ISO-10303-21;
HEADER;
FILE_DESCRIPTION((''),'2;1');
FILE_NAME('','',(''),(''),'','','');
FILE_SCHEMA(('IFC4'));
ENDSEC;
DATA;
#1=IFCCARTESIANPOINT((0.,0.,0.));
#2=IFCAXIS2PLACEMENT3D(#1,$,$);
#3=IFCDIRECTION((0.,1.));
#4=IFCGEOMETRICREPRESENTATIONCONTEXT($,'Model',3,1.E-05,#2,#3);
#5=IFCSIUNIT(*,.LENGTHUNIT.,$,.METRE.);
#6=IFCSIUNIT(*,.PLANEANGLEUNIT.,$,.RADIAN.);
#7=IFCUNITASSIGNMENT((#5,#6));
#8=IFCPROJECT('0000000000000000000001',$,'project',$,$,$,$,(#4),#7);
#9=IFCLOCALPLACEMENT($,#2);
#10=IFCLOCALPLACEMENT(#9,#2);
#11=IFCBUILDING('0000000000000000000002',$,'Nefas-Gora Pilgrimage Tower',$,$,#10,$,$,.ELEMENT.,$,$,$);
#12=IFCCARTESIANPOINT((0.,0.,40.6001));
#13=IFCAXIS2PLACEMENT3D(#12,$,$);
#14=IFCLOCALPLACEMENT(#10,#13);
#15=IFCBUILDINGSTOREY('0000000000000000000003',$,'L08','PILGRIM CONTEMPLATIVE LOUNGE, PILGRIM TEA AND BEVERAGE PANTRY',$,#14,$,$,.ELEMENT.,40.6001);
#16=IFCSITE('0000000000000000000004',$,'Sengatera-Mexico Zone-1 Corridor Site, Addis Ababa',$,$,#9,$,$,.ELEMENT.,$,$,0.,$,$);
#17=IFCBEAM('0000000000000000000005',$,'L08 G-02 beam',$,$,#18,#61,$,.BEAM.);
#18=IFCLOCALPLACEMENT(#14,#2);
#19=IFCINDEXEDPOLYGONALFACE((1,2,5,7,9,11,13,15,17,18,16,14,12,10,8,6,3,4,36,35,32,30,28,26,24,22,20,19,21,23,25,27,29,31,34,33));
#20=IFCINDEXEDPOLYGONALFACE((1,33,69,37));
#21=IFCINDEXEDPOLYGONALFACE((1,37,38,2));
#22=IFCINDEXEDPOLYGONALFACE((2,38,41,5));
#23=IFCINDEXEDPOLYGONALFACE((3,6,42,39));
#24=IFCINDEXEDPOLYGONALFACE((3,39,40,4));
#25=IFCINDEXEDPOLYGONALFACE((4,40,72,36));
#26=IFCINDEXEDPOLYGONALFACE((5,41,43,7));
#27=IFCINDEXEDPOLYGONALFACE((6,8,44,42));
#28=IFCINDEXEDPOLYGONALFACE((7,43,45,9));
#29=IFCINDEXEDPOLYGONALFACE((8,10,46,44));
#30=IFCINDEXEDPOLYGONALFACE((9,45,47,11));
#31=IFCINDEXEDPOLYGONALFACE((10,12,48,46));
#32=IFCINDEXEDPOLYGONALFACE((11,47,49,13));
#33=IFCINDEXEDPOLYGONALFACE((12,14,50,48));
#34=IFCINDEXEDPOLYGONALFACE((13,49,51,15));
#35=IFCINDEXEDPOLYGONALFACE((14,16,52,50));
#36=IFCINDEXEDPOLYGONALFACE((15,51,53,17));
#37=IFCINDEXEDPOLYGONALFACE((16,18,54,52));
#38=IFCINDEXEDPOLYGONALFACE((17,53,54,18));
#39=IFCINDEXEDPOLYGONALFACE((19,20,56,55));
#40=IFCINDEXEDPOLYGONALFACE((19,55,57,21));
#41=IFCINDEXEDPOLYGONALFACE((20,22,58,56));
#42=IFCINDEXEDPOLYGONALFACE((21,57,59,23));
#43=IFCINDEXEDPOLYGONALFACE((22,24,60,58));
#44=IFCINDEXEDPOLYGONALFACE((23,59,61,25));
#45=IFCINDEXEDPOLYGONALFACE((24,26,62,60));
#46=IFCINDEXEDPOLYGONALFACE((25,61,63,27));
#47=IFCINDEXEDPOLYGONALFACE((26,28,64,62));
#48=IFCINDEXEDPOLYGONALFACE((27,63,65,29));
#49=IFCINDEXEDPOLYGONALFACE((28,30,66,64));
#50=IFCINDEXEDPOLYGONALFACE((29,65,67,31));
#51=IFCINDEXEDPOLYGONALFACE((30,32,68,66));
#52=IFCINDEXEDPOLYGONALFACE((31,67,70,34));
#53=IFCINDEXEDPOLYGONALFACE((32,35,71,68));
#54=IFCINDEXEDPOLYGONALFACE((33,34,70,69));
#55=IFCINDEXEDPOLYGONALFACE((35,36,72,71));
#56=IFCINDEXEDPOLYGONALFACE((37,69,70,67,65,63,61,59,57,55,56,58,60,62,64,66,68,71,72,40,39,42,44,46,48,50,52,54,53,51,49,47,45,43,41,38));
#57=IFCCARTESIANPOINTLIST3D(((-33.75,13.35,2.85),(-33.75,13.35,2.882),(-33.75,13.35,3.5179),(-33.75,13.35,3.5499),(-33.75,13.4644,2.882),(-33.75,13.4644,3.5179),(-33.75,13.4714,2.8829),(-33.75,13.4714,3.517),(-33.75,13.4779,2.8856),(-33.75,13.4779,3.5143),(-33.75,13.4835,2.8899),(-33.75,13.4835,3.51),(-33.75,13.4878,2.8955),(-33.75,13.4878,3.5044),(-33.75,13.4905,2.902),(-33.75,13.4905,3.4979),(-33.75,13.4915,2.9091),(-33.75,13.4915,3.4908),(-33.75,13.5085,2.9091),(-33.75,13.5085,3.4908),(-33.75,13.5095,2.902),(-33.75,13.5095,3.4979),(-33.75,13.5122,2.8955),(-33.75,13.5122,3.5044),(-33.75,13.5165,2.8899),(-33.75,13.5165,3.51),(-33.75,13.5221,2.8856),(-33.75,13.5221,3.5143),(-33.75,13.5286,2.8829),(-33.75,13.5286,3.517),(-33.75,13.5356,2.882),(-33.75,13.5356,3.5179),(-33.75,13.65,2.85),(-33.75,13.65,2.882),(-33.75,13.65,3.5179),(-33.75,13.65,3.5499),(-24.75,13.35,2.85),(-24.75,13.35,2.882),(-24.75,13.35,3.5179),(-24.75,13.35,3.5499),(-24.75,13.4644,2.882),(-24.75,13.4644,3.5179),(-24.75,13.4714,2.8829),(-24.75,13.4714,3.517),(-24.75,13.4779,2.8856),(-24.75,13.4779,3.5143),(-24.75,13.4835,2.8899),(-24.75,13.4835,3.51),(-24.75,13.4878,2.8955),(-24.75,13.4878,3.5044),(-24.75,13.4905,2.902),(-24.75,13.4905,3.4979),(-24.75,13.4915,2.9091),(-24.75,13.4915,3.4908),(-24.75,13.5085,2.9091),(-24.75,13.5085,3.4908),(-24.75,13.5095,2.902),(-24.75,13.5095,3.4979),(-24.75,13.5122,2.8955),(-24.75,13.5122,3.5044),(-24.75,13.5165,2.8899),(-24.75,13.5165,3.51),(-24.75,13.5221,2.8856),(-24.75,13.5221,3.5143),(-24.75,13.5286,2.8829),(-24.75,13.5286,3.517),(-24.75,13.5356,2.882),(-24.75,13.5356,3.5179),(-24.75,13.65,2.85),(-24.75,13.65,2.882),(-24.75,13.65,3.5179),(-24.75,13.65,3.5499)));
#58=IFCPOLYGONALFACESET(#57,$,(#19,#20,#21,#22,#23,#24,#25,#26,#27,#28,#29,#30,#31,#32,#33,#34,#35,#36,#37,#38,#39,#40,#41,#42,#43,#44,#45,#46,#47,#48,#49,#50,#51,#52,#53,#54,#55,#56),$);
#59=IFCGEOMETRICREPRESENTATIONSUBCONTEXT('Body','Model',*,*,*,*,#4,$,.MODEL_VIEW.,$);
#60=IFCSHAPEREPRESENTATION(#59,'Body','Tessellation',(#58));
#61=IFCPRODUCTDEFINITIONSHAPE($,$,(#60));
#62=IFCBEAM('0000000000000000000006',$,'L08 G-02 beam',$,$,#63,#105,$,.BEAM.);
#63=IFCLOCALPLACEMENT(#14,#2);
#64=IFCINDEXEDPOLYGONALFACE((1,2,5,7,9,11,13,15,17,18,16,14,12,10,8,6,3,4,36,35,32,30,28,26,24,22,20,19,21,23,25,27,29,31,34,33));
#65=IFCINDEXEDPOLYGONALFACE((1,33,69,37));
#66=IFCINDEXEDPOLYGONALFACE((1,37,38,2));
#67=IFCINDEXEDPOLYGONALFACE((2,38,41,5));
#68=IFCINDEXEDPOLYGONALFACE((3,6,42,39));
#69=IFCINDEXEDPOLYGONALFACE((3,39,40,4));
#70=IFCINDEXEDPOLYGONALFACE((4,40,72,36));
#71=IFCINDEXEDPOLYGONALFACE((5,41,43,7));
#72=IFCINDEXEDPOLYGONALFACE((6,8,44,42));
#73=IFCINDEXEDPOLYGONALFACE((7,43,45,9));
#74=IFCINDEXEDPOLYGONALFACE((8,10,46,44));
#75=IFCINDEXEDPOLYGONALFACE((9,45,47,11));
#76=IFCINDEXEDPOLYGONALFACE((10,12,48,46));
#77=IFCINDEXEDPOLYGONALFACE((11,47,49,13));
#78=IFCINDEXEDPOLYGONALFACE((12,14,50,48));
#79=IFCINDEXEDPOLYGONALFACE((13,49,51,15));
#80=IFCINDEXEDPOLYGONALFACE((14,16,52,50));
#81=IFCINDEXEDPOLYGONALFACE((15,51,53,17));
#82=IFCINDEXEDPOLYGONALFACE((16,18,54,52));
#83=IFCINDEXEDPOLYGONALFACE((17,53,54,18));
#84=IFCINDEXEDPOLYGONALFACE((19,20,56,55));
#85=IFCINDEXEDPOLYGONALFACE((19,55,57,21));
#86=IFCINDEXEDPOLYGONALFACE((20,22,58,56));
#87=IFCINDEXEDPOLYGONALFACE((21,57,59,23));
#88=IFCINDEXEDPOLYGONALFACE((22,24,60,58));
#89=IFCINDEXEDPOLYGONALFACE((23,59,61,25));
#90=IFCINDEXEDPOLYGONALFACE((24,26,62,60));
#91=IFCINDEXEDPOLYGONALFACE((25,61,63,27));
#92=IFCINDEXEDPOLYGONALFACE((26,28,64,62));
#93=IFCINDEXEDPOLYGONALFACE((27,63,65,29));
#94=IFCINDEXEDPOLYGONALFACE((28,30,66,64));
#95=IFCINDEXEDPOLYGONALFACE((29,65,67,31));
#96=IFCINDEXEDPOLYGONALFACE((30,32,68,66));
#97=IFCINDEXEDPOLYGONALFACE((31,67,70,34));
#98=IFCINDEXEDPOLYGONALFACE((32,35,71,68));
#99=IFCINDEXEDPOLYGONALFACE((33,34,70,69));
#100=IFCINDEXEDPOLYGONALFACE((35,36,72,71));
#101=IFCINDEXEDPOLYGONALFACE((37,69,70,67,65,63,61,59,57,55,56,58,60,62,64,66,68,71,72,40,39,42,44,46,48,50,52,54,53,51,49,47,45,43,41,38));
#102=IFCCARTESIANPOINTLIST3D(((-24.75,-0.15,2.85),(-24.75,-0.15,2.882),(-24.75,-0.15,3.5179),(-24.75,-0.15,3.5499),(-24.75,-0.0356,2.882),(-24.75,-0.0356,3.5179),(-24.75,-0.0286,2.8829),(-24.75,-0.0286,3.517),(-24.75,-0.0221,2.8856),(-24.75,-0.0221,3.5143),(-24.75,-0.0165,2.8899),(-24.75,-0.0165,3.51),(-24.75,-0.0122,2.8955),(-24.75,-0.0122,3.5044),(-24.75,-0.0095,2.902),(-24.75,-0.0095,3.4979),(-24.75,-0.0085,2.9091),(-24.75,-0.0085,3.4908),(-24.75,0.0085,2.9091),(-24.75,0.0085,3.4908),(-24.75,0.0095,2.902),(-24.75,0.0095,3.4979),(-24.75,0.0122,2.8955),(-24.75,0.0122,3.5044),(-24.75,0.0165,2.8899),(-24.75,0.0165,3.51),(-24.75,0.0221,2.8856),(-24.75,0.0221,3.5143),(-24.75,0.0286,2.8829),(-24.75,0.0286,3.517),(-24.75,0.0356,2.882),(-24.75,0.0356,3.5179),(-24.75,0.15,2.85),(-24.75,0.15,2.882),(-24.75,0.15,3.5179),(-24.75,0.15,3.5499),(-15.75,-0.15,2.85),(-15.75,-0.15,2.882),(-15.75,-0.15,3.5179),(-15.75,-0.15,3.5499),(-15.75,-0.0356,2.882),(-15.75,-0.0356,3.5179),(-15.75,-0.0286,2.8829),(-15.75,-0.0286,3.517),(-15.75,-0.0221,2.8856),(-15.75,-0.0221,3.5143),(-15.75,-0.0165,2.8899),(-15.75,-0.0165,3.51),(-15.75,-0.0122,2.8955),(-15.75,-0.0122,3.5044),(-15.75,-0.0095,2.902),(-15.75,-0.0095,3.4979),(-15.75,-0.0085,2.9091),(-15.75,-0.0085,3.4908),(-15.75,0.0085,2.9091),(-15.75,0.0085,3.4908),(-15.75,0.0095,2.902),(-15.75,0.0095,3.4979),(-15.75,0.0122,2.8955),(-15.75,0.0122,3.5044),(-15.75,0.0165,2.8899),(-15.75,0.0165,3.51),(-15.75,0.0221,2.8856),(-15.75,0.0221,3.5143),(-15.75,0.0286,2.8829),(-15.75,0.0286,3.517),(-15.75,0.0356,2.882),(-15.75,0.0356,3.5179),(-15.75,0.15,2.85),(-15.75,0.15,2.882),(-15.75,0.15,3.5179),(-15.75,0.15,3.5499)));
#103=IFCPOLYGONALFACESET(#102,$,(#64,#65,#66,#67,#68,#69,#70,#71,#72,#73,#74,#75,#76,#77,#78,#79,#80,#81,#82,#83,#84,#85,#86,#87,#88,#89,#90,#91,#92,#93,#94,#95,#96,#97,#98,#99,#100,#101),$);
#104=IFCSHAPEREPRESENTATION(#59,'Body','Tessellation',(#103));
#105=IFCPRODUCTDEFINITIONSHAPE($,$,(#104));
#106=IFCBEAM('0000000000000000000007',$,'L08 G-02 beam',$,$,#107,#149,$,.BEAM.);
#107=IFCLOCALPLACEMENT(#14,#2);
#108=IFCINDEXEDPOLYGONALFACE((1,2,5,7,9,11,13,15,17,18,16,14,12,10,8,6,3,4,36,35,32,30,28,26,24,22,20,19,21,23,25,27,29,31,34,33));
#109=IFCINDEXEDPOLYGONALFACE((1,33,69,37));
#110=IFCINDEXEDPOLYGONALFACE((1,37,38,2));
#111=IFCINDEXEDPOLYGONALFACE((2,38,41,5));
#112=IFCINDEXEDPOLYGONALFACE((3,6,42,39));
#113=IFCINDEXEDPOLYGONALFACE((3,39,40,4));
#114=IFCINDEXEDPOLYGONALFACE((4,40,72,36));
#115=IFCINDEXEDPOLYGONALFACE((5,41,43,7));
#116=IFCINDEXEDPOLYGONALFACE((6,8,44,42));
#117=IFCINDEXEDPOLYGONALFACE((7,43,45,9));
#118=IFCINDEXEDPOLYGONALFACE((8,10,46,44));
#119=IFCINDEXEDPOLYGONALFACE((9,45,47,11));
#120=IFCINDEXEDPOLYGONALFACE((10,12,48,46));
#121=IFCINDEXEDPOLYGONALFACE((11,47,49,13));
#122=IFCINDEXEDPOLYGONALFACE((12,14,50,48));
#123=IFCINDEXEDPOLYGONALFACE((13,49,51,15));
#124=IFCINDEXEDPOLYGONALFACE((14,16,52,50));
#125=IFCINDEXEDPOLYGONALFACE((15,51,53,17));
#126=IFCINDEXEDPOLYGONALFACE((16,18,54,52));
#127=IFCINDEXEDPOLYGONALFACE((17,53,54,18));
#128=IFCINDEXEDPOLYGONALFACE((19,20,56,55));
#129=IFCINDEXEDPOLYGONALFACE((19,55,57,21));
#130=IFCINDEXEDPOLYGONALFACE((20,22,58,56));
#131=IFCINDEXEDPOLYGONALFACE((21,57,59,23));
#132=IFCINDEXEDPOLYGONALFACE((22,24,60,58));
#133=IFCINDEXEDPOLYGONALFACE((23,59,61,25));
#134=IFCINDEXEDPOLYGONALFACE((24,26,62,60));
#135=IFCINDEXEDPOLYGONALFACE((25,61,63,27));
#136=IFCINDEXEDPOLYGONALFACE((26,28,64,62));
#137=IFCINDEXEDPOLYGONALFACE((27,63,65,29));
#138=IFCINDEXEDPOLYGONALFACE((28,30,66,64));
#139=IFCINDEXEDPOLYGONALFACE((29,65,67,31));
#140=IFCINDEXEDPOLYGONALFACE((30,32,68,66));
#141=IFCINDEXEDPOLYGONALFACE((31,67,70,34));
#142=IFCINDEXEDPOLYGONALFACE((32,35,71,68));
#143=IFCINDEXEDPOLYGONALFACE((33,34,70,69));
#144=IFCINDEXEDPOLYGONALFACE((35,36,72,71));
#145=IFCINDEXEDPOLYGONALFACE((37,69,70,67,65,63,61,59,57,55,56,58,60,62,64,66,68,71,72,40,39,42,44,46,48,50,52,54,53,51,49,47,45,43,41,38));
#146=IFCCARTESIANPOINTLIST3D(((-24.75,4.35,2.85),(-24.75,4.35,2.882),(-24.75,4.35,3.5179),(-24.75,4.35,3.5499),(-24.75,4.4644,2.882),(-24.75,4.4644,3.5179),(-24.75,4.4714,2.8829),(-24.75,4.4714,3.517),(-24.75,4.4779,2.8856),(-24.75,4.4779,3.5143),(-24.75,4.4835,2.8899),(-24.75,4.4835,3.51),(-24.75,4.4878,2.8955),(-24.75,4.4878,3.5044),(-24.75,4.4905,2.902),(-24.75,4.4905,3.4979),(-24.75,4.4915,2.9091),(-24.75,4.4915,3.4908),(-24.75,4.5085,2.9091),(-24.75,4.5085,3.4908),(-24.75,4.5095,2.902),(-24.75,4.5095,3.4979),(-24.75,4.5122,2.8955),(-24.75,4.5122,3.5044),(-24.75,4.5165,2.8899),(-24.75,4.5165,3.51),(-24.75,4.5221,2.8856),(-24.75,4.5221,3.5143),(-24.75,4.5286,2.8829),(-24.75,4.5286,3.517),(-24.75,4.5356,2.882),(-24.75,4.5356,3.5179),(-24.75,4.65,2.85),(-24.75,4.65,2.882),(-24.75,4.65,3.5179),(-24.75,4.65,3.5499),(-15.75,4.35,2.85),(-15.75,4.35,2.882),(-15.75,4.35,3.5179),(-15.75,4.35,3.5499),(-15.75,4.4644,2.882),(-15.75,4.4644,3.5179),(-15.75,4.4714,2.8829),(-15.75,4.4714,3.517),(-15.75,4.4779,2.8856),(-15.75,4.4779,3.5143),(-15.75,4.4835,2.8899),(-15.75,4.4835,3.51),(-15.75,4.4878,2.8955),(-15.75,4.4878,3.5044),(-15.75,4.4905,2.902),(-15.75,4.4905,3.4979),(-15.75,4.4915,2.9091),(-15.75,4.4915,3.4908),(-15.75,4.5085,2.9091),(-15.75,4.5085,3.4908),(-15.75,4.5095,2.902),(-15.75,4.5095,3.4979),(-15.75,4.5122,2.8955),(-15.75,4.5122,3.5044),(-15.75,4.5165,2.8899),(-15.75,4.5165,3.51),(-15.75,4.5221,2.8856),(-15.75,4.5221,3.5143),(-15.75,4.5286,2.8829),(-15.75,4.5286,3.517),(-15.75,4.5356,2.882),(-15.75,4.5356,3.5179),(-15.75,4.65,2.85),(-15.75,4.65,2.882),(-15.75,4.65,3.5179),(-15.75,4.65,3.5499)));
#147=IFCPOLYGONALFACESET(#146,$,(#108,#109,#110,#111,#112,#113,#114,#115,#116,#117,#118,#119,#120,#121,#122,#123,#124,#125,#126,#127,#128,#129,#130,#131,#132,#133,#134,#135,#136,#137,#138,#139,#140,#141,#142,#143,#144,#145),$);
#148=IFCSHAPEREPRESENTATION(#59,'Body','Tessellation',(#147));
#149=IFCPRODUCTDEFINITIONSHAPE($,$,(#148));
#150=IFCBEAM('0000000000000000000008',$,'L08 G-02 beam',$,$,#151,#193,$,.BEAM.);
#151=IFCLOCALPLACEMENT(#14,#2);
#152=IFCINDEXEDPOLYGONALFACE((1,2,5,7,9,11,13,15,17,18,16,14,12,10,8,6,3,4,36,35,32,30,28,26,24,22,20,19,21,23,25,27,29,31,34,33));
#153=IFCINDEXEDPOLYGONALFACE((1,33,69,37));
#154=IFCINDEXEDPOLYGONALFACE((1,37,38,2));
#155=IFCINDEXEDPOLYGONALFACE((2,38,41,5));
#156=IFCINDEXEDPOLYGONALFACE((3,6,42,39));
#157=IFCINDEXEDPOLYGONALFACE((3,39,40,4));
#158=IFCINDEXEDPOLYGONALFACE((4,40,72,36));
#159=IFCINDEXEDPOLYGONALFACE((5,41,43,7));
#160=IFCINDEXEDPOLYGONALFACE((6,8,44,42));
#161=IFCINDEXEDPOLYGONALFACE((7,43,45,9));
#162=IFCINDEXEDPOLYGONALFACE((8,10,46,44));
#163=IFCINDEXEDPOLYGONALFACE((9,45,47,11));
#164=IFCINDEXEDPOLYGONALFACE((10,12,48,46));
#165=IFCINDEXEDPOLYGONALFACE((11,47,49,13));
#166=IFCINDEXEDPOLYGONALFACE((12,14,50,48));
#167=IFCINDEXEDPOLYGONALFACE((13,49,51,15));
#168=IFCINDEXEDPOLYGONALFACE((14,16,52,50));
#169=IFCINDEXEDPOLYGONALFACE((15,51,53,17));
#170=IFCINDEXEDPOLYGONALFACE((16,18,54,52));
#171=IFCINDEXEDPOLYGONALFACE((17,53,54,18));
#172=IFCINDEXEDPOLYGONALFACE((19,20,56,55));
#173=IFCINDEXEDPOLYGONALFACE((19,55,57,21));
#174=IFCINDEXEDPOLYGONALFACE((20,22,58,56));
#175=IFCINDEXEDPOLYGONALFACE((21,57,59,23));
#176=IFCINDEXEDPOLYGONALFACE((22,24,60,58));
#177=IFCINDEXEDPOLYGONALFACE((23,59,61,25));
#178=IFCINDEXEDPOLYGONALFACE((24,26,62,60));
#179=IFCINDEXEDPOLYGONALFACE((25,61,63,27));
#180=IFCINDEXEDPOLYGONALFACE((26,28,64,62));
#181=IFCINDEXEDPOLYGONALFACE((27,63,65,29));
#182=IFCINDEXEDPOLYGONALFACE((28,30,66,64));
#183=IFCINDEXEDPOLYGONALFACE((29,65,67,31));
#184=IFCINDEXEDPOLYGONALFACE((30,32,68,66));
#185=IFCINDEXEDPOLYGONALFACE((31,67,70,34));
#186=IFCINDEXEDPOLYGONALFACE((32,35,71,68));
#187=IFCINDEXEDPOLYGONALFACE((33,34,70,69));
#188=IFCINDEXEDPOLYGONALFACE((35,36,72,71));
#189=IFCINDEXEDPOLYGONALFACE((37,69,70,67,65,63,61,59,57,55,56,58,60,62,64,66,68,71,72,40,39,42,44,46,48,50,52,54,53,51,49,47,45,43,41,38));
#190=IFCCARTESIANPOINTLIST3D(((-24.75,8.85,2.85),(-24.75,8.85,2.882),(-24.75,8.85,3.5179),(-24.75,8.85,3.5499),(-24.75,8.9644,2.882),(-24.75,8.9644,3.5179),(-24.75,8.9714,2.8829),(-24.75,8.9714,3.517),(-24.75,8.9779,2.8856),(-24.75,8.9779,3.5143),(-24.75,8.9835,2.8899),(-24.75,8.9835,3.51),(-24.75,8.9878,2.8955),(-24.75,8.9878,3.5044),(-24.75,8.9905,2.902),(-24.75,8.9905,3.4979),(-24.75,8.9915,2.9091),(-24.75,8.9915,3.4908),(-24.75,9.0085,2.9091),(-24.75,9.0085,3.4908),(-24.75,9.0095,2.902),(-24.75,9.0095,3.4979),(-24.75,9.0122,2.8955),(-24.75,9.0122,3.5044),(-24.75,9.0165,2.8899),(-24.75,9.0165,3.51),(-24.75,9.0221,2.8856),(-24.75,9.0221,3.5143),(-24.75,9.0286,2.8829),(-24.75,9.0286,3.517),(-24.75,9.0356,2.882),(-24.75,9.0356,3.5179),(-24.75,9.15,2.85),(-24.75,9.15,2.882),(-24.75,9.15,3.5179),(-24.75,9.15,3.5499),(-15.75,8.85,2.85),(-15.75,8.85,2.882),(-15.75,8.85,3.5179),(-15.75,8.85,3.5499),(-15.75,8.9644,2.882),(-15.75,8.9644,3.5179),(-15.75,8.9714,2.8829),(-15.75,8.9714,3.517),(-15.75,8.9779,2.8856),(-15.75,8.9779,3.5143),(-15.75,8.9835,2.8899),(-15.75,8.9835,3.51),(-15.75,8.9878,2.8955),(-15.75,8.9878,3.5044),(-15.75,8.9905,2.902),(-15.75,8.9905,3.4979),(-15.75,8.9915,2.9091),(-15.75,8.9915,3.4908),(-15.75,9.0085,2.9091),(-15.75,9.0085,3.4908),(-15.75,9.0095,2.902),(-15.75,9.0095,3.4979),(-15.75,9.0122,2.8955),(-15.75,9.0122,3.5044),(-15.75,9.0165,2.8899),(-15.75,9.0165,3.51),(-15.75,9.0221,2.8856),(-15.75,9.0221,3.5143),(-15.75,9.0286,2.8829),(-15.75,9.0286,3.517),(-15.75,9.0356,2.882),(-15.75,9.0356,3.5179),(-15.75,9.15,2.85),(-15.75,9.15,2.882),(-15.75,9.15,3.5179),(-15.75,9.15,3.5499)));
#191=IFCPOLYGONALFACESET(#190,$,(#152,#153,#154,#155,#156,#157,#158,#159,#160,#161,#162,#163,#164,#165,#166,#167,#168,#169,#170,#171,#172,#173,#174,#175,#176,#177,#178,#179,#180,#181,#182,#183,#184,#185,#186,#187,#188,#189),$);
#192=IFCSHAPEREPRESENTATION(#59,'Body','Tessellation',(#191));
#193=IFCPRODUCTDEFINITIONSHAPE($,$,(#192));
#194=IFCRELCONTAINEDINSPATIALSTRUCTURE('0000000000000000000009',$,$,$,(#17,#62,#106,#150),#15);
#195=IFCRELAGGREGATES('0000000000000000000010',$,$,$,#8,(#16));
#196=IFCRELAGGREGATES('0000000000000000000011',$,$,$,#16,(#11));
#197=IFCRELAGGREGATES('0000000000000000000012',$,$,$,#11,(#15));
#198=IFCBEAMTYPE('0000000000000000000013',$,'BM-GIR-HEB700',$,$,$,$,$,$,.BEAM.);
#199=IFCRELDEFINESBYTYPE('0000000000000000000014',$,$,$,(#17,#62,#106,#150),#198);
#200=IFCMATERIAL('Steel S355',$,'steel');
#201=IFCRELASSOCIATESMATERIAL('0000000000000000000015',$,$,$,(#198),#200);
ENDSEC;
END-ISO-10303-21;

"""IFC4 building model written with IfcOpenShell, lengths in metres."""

from ifc_helpers import new_model, si_unit, direction, frame, origin, origin_2d, place, context, subcontext, project, spatial, i_section, extrude, source, transform, mapped, material, material_profile, profile_set, type_object, element, save


model = new_model("IFC4")

# Units and contexts
model_context = context("Model", 3, precision=1e-05, world=origin(), true_north=direction((0.0, 1.0)))
body_context = subcontext(model_context, "Body", "Model", "MODEL_VIEW")
ifc_project = project(units=[si_unit("LENGTHUNIT", "METRE"), si_unit("PLANEANGLEUNIT", "RADIAN")], contexts=[model_context])

# Site, building, storey
site_placement = place(None, origin())
site = spatial("IfcSite", under=ifc_project, at=site_placement, Name="Sengatera-Mexico Zone-1 Corridor Site, Addis Ababa", CompositionType="ELEMENT", RefElevation=0.0)
building_placement = place(site_placement, origin())
building = spatial("IfcBuilding", under=site, at=building_placement, Name="Nefas-Gora Pilgrimage Tower", CompositionType="ELEMENT")
storey_placement = place(building_placement, frame((0.0, 0.0, 40.6001)))
storey = spatial("IfcBuildingStorey", under=building, at=storey_placement, Name="L08", Description="PILGRIM CONTEMPLATIVE LOUNGE, PILGRIM TEA AND BEVERAGE PANTRY", CompositionType="ELEMENT", Elevation=40.6001)

# Beams
ifc_material_1 = material(Name="Steel S355", Category="steel")
ifc_material_profile_1 = material_profile(ifc_material_1, i_section(OverallWidth=0.3, OverallDepth=0.7, WebThickness=0.0171, FlangeThickness=0.032, FilletRadius=0.0271, at=origin_2d()), Name="HEB 700")
ifc_profile_set_1 = profile_set([ifc_material_profile_1], Name="Steel S355")
beam_type_1 = type_object("IfcBeamType", Name="BM-GIR-HEB700", PredefinedType="BEAM", material=ifc_profile_set_1)
shared_shape_1 = source(origin(), body_context, "Body", "SweptSolid", [
    extrude(i_section(OverallWidth=0.3, OverallDepth=0.7, WebThickness=0.0171, FlangeThickness=0.032, FilletRadius=0.0271, at=origin_2d()), origin(), (0.0, 0.0, 1.0), 9.0),
])
for number, where, z_axis, x_axis, name in (
    (1, (-33.75, 13.5, 3.2), (1.0, 0.0, 0.0), (0.0, 1.0, 0.0), "L08 G-02 beam"),
    (2, (-24.75, 0.0, 3.2), (1.0, 0.0, 0.0), (0.0, 1.0, 0.0), "L08 G-02 beam"),
    (3, (-24.75, 4.5, 3.2), (1.0, 0.0, 0.0), (0.0, 1.0, 0.0), "L08 G-02 beam"),
    (4, (-24.75, 9.0, 3.2), (1.0, 0.0, 0.0), (0.0, 1.0, 0.0), "L08 G-02 beam"),
):
    element("IfcBeam", number, at=place(storey_placement, frame(where, z_axis=z_axis, x_axis=x_axis)), inside=storey, type_object=beam_type_1, Name=name, PredefinedType="BEAM", context=body_context, shape_type="MappedRepresentation", body=[
        mapped(shared_shape_1, transform((0.0, 0.0, 0.0), x_axis=(1.0, 0.0, 0.0), y_axis=(0.0, 1.0, 0.0), z_axis=(0.0, 0.0, 1.0), scale=1.0)),
    ])

save(model, "model.ifc")
